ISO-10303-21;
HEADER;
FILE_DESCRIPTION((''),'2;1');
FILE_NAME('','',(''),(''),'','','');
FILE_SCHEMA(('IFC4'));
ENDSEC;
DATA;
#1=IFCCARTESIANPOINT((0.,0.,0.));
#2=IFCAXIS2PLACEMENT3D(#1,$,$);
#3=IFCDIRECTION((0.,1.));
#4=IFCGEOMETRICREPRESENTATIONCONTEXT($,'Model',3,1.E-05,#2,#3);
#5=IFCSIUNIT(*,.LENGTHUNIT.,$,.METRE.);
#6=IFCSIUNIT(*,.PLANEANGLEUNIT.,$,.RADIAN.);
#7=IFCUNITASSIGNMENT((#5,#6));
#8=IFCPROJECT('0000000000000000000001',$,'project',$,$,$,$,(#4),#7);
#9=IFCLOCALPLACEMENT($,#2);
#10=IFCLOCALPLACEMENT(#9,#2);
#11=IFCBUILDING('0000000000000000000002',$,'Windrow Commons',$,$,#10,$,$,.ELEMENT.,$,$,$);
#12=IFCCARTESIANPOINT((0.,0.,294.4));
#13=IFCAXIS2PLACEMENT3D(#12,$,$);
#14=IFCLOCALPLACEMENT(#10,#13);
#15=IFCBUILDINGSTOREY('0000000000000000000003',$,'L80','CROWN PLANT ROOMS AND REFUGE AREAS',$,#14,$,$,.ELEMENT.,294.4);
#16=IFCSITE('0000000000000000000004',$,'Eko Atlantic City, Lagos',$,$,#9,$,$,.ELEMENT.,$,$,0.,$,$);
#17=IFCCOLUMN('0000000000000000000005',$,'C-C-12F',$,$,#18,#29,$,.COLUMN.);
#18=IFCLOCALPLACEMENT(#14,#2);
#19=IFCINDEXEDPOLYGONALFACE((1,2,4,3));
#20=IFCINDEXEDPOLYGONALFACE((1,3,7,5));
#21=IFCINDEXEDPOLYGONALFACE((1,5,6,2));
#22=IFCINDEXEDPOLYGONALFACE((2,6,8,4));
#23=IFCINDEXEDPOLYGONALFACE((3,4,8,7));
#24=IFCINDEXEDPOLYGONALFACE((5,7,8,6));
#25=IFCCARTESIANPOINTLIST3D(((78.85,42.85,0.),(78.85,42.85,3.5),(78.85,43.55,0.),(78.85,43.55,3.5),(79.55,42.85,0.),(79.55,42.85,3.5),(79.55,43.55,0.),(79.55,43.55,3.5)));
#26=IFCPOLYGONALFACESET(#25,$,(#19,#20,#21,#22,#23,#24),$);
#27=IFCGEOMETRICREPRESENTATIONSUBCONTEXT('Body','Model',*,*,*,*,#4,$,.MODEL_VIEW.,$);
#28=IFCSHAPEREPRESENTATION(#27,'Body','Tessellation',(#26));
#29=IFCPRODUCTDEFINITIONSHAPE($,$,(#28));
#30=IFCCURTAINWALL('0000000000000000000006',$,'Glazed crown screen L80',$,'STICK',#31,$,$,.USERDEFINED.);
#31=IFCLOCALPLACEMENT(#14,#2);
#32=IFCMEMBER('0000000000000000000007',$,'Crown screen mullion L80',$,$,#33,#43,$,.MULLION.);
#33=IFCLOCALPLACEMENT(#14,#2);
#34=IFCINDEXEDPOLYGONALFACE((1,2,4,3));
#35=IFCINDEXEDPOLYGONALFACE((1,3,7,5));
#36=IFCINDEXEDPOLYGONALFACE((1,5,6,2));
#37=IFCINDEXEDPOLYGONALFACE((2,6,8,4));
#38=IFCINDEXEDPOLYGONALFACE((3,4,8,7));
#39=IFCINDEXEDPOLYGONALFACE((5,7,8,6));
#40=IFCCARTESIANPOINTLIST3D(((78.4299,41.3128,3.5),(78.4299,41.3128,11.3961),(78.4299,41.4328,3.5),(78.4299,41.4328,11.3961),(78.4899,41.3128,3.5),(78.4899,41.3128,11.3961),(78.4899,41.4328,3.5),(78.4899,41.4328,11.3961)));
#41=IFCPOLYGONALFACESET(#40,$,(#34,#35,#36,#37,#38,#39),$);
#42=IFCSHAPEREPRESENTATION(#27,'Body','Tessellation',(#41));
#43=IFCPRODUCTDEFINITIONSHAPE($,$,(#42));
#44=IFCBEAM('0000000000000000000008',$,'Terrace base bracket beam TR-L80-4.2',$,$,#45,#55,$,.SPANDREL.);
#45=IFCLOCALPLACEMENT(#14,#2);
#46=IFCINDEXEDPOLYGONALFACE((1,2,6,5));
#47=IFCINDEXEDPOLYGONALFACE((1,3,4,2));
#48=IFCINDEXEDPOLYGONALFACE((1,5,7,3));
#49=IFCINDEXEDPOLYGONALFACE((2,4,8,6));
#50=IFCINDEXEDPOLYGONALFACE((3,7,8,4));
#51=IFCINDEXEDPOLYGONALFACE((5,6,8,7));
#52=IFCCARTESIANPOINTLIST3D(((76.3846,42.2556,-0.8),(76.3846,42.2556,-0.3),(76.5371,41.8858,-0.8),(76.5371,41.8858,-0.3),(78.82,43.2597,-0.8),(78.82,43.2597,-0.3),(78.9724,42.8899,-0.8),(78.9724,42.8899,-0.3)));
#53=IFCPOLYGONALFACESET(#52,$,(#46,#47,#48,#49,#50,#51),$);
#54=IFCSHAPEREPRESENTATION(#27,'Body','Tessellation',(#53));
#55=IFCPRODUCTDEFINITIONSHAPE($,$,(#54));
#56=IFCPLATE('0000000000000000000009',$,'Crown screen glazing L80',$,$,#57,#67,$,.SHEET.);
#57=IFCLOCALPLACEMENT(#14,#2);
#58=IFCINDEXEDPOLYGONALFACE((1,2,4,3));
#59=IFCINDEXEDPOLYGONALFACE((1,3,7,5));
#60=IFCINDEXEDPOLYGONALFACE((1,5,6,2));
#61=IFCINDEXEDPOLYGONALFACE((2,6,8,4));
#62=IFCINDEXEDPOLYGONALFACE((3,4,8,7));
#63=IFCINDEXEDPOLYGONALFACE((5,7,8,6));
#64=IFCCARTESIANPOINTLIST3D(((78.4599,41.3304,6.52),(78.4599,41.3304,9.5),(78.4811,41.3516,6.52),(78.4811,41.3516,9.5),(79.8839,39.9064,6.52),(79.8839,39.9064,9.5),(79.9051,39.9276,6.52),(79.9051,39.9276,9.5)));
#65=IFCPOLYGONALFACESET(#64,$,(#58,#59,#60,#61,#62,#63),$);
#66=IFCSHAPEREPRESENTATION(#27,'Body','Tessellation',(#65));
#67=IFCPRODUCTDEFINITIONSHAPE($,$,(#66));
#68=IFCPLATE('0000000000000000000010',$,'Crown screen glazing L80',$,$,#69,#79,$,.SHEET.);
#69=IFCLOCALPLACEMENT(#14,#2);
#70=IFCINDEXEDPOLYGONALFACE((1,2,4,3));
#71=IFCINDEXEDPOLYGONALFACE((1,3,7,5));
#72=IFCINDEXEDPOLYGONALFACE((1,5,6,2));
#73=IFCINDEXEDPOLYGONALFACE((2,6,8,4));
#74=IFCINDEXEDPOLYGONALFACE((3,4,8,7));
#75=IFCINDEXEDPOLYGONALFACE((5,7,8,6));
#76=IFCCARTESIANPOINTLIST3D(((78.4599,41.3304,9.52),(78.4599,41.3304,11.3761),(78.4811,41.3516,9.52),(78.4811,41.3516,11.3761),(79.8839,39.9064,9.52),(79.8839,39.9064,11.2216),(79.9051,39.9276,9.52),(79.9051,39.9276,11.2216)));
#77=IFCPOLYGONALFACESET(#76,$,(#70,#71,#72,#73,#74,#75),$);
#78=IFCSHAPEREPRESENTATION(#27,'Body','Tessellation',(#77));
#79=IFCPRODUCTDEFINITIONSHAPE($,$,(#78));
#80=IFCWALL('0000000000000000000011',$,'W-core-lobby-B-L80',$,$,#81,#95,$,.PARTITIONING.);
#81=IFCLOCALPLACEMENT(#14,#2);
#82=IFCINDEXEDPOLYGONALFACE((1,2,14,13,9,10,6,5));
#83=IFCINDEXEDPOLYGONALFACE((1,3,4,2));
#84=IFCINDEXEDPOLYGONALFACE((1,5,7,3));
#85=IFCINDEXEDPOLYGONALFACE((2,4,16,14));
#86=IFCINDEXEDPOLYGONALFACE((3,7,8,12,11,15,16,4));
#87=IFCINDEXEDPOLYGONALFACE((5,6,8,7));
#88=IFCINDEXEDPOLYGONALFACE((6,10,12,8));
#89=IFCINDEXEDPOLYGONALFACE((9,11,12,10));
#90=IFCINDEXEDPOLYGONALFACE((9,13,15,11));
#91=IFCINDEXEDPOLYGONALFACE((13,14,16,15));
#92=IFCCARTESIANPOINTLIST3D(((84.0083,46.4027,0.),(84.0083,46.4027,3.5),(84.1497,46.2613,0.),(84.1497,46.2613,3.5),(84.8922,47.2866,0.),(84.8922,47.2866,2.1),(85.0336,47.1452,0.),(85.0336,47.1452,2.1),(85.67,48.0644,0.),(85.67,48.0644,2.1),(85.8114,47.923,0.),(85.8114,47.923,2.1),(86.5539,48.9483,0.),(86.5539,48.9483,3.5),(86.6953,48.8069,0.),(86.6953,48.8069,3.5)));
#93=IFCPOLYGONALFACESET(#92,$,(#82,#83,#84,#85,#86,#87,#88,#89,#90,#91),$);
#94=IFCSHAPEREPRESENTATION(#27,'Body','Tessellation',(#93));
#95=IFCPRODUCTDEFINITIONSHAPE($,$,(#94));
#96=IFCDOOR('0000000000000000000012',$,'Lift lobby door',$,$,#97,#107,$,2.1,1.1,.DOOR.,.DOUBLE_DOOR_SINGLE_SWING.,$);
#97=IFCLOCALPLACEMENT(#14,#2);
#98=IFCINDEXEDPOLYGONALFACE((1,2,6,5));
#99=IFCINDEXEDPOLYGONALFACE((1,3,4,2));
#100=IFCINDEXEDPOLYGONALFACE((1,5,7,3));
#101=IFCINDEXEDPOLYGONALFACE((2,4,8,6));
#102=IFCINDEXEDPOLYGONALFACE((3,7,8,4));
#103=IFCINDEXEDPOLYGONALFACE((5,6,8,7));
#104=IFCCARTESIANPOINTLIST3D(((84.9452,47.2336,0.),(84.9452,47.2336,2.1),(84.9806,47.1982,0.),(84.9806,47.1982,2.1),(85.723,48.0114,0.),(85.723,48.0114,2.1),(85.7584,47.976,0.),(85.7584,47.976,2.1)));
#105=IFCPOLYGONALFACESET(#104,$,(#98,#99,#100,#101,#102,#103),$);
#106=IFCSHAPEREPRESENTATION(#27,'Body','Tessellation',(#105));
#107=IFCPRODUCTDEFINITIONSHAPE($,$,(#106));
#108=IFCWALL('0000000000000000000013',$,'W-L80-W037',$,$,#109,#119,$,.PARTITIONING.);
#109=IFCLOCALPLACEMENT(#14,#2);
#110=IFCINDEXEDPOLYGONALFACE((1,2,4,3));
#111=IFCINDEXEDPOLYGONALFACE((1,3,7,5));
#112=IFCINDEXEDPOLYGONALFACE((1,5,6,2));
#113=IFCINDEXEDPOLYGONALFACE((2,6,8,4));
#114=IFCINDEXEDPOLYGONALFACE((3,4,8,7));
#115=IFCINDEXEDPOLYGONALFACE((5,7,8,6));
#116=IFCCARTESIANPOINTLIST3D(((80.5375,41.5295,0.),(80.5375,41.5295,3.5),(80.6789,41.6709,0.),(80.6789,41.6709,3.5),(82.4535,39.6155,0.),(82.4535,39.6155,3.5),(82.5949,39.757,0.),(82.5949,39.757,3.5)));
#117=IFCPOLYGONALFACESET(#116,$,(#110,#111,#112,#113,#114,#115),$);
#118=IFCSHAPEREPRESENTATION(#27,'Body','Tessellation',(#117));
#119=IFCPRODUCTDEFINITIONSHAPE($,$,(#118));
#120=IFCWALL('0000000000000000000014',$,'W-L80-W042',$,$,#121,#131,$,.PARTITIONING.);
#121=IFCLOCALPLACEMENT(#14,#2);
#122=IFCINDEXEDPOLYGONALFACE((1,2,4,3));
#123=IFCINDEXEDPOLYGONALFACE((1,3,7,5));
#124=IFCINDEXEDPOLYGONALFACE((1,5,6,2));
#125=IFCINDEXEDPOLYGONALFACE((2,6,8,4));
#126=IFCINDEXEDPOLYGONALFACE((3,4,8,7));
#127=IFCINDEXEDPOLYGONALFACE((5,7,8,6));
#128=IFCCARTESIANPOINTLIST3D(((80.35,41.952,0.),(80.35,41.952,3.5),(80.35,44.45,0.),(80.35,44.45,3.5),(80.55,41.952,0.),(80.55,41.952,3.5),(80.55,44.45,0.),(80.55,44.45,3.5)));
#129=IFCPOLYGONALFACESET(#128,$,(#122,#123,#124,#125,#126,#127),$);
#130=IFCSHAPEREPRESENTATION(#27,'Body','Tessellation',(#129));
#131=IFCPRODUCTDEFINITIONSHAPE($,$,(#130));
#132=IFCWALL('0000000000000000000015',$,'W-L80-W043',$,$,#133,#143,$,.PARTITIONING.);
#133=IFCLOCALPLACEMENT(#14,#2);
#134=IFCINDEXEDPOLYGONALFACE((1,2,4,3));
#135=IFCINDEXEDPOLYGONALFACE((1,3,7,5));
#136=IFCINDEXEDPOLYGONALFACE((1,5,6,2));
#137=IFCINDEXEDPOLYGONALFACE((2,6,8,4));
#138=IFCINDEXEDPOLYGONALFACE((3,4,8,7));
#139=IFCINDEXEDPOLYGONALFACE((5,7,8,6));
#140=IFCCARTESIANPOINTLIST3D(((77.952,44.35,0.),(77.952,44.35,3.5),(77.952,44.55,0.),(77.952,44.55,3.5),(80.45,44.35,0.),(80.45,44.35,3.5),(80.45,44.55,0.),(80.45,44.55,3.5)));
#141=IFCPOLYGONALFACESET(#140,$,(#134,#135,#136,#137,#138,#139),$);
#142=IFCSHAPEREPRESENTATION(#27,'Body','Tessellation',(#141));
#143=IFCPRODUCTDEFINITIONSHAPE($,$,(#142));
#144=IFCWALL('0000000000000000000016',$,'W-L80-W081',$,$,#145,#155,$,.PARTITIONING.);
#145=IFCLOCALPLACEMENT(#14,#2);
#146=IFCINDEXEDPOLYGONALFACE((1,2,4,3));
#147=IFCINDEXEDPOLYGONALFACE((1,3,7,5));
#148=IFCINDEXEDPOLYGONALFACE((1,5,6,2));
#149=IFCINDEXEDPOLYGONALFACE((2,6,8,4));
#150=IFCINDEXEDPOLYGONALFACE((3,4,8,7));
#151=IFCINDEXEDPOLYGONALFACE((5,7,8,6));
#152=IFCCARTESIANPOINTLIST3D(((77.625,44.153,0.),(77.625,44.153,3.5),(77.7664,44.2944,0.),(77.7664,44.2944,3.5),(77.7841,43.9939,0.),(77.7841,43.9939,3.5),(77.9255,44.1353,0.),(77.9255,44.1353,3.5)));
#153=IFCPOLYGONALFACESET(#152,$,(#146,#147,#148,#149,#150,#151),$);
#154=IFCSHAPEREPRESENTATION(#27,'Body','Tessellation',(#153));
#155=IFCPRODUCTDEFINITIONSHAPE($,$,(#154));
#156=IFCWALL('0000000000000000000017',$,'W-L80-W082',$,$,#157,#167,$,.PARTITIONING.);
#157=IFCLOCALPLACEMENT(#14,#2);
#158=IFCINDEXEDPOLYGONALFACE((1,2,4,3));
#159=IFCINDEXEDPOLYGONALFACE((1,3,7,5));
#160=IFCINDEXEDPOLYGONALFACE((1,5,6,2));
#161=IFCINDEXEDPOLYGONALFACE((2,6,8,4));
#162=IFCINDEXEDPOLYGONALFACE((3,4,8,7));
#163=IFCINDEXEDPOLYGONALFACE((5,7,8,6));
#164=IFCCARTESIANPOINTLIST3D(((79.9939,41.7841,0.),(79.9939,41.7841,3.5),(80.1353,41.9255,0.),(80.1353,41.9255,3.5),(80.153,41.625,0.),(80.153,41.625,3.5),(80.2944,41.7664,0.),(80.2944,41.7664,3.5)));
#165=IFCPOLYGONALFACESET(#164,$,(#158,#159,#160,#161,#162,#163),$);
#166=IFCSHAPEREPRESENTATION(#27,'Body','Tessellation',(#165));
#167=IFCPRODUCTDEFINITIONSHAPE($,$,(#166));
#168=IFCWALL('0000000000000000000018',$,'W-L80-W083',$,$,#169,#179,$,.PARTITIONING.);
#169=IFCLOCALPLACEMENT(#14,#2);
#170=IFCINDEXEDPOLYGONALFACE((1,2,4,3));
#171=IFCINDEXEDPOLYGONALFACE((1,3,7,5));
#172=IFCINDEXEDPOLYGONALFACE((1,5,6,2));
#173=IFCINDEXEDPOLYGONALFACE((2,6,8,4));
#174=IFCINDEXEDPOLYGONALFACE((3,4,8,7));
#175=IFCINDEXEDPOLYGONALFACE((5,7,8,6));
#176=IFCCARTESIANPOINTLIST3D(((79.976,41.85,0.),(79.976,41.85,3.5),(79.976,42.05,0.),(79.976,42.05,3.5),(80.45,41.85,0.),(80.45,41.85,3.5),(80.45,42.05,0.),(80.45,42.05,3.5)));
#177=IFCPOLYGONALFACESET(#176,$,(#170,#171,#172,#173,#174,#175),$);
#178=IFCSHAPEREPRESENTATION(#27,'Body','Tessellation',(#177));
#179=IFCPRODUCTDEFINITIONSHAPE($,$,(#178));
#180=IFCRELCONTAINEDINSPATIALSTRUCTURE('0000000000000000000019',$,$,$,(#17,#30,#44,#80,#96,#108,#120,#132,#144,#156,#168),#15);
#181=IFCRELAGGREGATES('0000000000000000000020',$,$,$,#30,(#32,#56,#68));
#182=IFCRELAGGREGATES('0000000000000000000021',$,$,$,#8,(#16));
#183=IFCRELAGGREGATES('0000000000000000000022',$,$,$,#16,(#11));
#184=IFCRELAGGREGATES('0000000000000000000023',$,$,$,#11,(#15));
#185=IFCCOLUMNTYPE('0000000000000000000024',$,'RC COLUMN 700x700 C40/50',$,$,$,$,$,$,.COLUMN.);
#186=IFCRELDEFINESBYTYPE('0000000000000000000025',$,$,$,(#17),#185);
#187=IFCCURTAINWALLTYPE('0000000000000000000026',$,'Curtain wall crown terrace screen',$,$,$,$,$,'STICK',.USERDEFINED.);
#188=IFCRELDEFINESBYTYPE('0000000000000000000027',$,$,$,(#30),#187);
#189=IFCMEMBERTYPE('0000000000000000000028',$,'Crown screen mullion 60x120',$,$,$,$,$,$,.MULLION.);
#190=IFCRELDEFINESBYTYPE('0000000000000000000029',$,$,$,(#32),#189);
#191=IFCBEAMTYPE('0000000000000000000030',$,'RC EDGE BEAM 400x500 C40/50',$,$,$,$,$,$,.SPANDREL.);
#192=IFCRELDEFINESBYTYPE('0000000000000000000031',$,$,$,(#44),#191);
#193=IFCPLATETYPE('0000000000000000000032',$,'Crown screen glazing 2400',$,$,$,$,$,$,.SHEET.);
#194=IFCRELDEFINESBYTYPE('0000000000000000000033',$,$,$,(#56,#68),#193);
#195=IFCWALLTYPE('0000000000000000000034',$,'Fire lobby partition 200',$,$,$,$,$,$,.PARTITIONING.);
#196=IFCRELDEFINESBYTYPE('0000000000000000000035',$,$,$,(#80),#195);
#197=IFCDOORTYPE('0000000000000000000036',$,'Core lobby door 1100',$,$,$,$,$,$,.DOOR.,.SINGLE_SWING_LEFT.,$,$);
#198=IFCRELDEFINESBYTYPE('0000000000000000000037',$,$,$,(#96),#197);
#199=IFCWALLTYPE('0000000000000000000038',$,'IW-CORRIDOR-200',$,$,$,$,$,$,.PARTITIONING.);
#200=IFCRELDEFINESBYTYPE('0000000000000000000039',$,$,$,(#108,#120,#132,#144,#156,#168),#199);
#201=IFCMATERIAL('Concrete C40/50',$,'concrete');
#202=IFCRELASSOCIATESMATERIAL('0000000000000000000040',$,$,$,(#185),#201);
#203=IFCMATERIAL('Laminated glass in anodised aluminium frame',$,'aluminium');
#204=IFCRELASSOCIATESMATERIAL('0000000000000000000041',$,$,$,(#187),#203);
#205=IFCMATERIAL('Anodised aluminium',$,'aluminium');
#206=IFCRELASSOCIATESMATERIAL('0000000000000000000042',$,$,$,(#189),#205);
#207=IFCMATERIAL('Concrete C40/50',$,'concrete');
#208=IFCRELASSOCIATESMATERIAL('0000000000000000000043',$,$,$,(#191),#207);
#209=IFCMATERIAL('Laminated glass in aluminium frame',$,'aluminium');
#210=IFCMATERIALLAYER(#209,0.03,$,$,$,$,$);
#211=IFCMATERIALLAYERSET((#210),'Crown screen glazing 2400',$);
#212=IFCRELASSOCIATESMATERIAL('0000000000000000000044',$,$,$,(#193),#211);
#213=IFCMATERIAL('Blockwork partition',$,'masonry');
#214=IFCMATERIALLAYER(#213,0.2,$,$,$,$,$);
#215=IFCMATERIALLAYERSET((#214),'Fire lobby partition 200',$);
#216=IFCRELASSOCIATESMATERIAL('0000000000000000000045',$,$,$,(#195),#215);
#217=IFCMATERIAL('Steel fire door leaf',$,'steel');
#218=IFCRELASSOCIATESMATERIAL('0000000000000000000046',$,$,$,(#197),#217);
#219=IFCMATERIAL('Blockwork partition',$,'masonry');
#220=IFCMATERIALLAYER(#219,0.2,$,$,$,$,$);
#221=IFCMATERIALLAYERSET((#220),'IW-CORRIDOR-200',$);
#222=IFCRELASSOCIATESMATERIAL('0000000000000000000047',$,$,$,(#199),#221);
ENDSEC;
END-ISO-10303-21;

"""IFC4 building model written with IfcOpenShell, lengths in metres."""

from ifc_helpers import new_model, si_unit, direction, frame, frame_2d, origin, origin_2d, place, context, subcontext, project, spatial, polyline, rectangle, outline, extrude, material, layer, layer_set, material_profile, profile_set, type_object, element, fill, aggregate, save


model = new_model("IFC4")

# Units and contexts
model_context = context("Model", 3, precision=1e-05, world=origin(), true_north=direction((0.0, 1.0)))
body_context = subcontext(model_context, "Body", "Model", "MODEL_VIEW")
ifc_project = project(units=[si_unit("LENGTHUNIT", "METRE"), si_unit("PLANEANGLEUNIT", "RADIAN")], contexts=[model_context])

# Site, building, storey
site_placement = place(None, origin())
site = spatial("IfcSite", under=ifc_project, at=site_placement, Name="Eko Atlantic City, Lagos", CompositionType="ELEMENT", RefElevation=0.0)
building_placement = place(site_placement, origin())
building = spatial("IfcBuilding", under=site, at=building_placement, Name="Windrow Commons", CompositionType="ELEMENT")
storey_placement = place(building_placement, frame((0.0, 0.0, 294.4)))
storey = spatial("IfcBuildingStorey", under=building, at=storey_placement, Name="L80", Description="CROWN PLANT ROOMS AND REFUGE AREAS", CompositionType="ELEMENT", Elevation=294.4)

# Column
ifc_material_1 = material(Name="Concrete C40/50", Category="concrete")
ifc_material_profile_1 = material_profile(ifc_material_1, rectangle(XDim=0.7, YDim=0.7, at=origin_2d()))
ifc_profile_set_1 = profile_set([ifc_material_profile_1], Name="Concrete C40/50")
column_type = type_object("IfcColumnType", Name="RC COLUMN 700x700 C40/50", PredefinedType="COLUMN", material=ifc_profile_set_1)
column_placement = place(storey_placement, frame((79.2, 43.2, 0.0), z_axis=(0.0, 0.0, 1.0), x_axis=(1.0, 0.0, 0.0)))
element("IfcColumn", 1, at=column_placement, inside=storey, type_object=column_type, Name="C-C-12F", PredefinedType="COLUMN", context=body_context, shape_type="SweptSolid", body=[
    extrude(rectangle(XDim=0.7, YDim=0.7, at=origin_2d()), origin(), (0.0, 0.0, 1.0), 3.5),
])

# Curtain wall, member
ifc_material_2 = material(Name="Laminated glass in anodised aluminium frame", Category="aluminium")
curtain_wall_type = type_object("IfcCurtainWallType", Name="Curtain wall crown terrace screen", ElementType="STICK", PredefinedType="USERDEFINED", material=ifc_material_2)
curtain_wall_placement = place(storey_placement, origin())
curtain_wall = element("IfcCurtainWall", 2, at=curtain_wall_placement, inside=storey, type_object=curtain_wall_type, Name="Glazed crown screen L80", ObjectType="STICK", PredefinedType="USERDEFINED")
ifc_material_3 = material(Name="Anodised aluminium", Category="aluminium")
ifc_material_profile_2 = material_profile(ifc_material_3, rectangle(XDim=0.06, YDim=0.12, at=origin_2d()))
ifc_profile_set_2 = profile_set([ifc_material_profile_2], Name="Anodised aluminium")
member_type = type_object("IfcMemberType", Name="Crown screen mullion 60x120", PredefinedType="MULLION", material=ifc_profile_set_2)
member_placement = place(storey_placement, frame((78.4599, 41.3728, 3.5), z_axis=(0.0, 0.0, 1.0), x_axis=(1.0, 0.0, 0.0)))
member = element("IfcMember", 3, at=member_placement, type_object=member_type, Name="Crown screen mullion L80", PredefinedType="MULLION", context=body_context, shape_type="SweptSolid", body=[
    extrude(rectangle(XDim=0.06, YDim=0.12, at=origin_2d()), origin(), (0.0, 0.0, 1.0), 7.8961),
])

# Beam
ifc_material_4 = material(Name="Concrete C40/50", Category="concrete")
ifc_material_profile_3 = material_profile(ifc_material_4, rectangle(XDim=0.4, YDim=0.5, at=origin_2d()))
ifc_profile_set_3 = profile_set([ifc_material_profile_3], Name="Concrete C40/50")
beam_type = type_object("IfcBeamType", Name="RC EDGE BEAM 400x500 C40/50", PredefinedType="SPANDREL", material=ifc_profile_set_3)
beam_placement = place(storey_placement, frame((78.8962, 43.0748, -0.55), z_axis=(-0.9245, -0.381181, 0.0), x_axis=(0.381181, -0.9245, 0.0)))
element("IfcBeam", 4, at=beam_placement, inside=storey, type_object=beam_type, Name="Terrace base bracket beam TR-L80-4.2", PredefinedType="SPANDREL", context=body_context, shape_type="SweptSolid", body=[
    extrude(rectangle(XDim=0.4, YDim=0.5, at=origin_2d()), origin(), (0.0, 0.0, 1.0), 2.6342),
])

# Plates
ifc_material_5 = material(Name="Laminated glass in aluminium frame", Category="aluminium")
ifc_layer_1 = layer(ifc_material_5, 0.03)
ifc_layer_set_1 = layer_set([ifc_layer_1], Name="Crown screen glazing 2400")
plate_type = type_object("IfcPlateType", Name="Crown screen glazing 2400", PredefinedType="SHEET", material=ifc_layer_set_1)
plate_1_placement = place(storey_placement, frame((79.9051, 39.9276, 6.52), z_axis=(0.707107, 0.707107, 0.0), x_axis=(-0.707107, 0.707107, 0.0)))
plate_1 = element("IfcPlate", 5, at=plate_1_placement, type_object=plate_type, Name="Crown screen glazing L80", PredefinedType="SHEET", context=body_context, shape_type="SweptSolid", body=[
    extrude(outline(polyline([(0.0, 0.0), (2.0138, 0.0), (2.0138, 2.98), (0.0, 2.98), (0.0, 0.0)])), origin(), (0.0, 0.0, -1.0), 0.03),
])
plate_2_placement = place(storey_placement, frame((79.9051, 39.9276, 9.52), z_axis=(0.707107, 0.707107, 0.0), x_axis=(-0.707107, 0.707107, 0.0)))
plate_2 = element("IfcPlate", 6, at=plate_2_placement, type_object=plate_type, Name="Crown screen glazing L80", PredefinedType="SHEET", context=body_context, shape_type="SweptSolid", body=[
    extrude(outline(polyline([(0.0, 0.0), (2.0138, 0.0), (2.0138, 1.8561), (0.0, 1.7016), (0.0, 0.0)])), origin(), (0.0, 0.0, -1.0), 0.03),
])
aggregate(curtain_wall, [member, plate_1, plate_2])

# Wall, opening, door
ifc_material_6 = material(Name="Blockwork partition", Category="masonry")
ifc_layer_2 = layer(ifc_material_6, 0.2)
ifc_layer_set_2 = layer_set([ifc_layer_2], Name="Fire lobby partition 200")
wall_type_1 = type_object("IfcWallType", Name="Fire lobby partition 200", PredefinedType="PARTITIONING", material=ifc_layer_set_2)
wall_1_placement = place(storey_placement, frame((84.079, 46.332, 0.0), z_axis=(0.0, 0.0, 1.0), x_axis=(0.707107, 0.707107, 0.0)))
wall_1 = element("IfcWall", 7, at=wall_1_placement, inside=storey, type_object=wall_type_1, Name="W-core-lobby-B-L80", PredefinedType="PARTITIONING", context=body_context, shape_type="SweptSolid", body=[
    extrude(outline(polyline([(0.0, 0.0), (3.6, 0.0), (3.6, 3.5), (0.0, 3.5), (0.0, 0.0)])), frame((0.0, 0.1, 0.0), z_axis=(0.0, -1.0, 0.0), x_axis=(1.0, 0.0, 0.0)), (0.0, 0.0, 1.0), 0.2),
])
opening_1_placement = place(wall_1_placement, frame((1.25, 0.0, 0.0)))
opening_1 = element("IfcOpeningElement", 8, at=opening_1_placement, cuts=wall_1, PredefinedType="OPENING", context=body_context, shape_type="SweptSolid", body=[
    extrude(rectangle(XDim=1.1, YDim=2.1, at=frame_2d((0.55, 1.05))), frame((0.0, 0.11, 0.0), z_axis=(0.0, -1.0, 0.0), x_axis=(1.0, 0.0, 0.0)), (0.0, 0.0, 1.0), 0.22),
])
ifc_material_7 = material(Name="Steel fire door leaf", Category="steel")
door_type = type_object("IfcDoorType", Name="Core lobby door 1100", OperationType="SINGLE_SWING_LEFT", PredefinedType="DOOR", material=ifc_material_7)
door_placement = place(opening_1_placement, origin())
door = element("IfcDoor", 9, at=door_placement, inside=storey, type_object=door_type, Name="Lift lobby door", OperationType="DOUBLE_DOOR_SINGLE_SWING", OverallHeight=2.1, OverallWidth=1.1, PredefinedType="DOOR", context=body_context, shape_type="SweptSolid", body=[
    extrude(rectangle(XDim=1.1, YDim=2.1, at=frame_2d((0.55, 1.05))), frame((0.0, 0.025, 0.0), z_axis=(0.0, -1.0, 0.0), x_axis=(1.0, 0.0, 0.0)), (0.0, 0.0, 1.0), 0.05),
])
fill(opening_1, door)

# Walls
ifc_material_8 = material(Name="Blockwork partition", Category="masonry")
ifc_layer_3 = layer(ifc_material_8, 0.2)
ifc_layer_set_3 = layer_set([ifc_layer_3], Name="IW-CORRIDOR-200")
wall_type_2 = type_object("IfcWallType", Name="IW-CORRIDOR-200", PredefinedType="PARTITIONING", material=ifc_layer_set_3)
wall_2_placement = place(storey_placement, frame((80.6082, 41.6002, 0.0), z_axis=(0.0, 0.0, 1.0), x_axis=(0.707476, -0.706737, 0.0)))
element("IfcWall", 10, at=wall_2_placement, inside=storey, type_object=wall_type_2, Name="W-L80-W037", PredefinedType="PARTITIONING", context=body_context, shape_type="SweptSolid", body=[
    extrude(rectangle(XDim=2.7082, YDim=0.2, at=frame_2d((1.3541, 0.0))), origin(), (0.0, 0.0, 1.0), 3.5),
])
for number, where, z_axis, x_axis, name in (
    (11, (80.45, 41.952, 0.0), (0.0, 0.0, 1.0), (0.0, 1.0, 0.0), "W-L80-W042"),
    (12, (77.952, 44.45, 0.0), (0.0, 0.0, 1.0), (1.0, 0.0, 0.0), "W-L80-W043"),
):
    element("IfcWall", number, at=place(storey_placement, frame(where, z_axis=z_axis, x_axis=x_axis)), inside=storey, type_object=wall_type_2, Name=name, PredefinedType="PARTITIONING", context=body_context, shape_type="SweptSolid", body=[
        extrude(rectangle(XDim=2.498, YDim=0.2, at=frame_2d((1.249, 0.0))), origin(), (0.0, 0.0, 1.0), 3.5),
    ])
for number, where, z_axis, x_axis, name in (
    (13, (77.6957, 44.2237, 0.0), (0.0, 0.0, 1.0), (0.707107, -0.707107, 0.0), "W-L80-W081"),
    (14, (80.0646, 41.8548, 0.0), (0.0, 0.0, 1.0), (0.707107, -0.707107, 0.0), "W-L80-W082"),
):
    element("IfcWall", number, at=place(storey_placement, frame(where, z_axis=z_axis, x_axis=x_axis)), inside=storey, type_object=wall_type_2, Name=name, PredefinedType="PARTITIONING", context=body_context, shape_type="SweptSolid", body=[
        extrude(rectangle(XDim=0.225, YDim=0.2, at=frame_2d((0.1125, 0.0))), origin(), (0.0, 0.0, 1.0), 3.5),
    ])
for number, where, z_axis, x_axis, name in (
    (15, (79.976, 41.95, 0.0), (0.0, 0.0, 1.0), (1.0, 0.0, 0.0), "W-L80-W083"),
):
    element("IfcWall", number, at=place(storey_placement, frame(where, z_axis=z_axis, x_axis=x_axis)), inside=storey, type_object=wall_type_2, Name=name, PredefinedType="PARTITIONING", context=body_context, shape_type="SweptSolid", body=[
        extrude(rectangle(XDim=0.474, YDim=0.2, at=frame_2d((0.237, 0.0))), origin(), (0.0, 0.0, 1.0), 3.5),
    ])

save(model, "model.ifc")
